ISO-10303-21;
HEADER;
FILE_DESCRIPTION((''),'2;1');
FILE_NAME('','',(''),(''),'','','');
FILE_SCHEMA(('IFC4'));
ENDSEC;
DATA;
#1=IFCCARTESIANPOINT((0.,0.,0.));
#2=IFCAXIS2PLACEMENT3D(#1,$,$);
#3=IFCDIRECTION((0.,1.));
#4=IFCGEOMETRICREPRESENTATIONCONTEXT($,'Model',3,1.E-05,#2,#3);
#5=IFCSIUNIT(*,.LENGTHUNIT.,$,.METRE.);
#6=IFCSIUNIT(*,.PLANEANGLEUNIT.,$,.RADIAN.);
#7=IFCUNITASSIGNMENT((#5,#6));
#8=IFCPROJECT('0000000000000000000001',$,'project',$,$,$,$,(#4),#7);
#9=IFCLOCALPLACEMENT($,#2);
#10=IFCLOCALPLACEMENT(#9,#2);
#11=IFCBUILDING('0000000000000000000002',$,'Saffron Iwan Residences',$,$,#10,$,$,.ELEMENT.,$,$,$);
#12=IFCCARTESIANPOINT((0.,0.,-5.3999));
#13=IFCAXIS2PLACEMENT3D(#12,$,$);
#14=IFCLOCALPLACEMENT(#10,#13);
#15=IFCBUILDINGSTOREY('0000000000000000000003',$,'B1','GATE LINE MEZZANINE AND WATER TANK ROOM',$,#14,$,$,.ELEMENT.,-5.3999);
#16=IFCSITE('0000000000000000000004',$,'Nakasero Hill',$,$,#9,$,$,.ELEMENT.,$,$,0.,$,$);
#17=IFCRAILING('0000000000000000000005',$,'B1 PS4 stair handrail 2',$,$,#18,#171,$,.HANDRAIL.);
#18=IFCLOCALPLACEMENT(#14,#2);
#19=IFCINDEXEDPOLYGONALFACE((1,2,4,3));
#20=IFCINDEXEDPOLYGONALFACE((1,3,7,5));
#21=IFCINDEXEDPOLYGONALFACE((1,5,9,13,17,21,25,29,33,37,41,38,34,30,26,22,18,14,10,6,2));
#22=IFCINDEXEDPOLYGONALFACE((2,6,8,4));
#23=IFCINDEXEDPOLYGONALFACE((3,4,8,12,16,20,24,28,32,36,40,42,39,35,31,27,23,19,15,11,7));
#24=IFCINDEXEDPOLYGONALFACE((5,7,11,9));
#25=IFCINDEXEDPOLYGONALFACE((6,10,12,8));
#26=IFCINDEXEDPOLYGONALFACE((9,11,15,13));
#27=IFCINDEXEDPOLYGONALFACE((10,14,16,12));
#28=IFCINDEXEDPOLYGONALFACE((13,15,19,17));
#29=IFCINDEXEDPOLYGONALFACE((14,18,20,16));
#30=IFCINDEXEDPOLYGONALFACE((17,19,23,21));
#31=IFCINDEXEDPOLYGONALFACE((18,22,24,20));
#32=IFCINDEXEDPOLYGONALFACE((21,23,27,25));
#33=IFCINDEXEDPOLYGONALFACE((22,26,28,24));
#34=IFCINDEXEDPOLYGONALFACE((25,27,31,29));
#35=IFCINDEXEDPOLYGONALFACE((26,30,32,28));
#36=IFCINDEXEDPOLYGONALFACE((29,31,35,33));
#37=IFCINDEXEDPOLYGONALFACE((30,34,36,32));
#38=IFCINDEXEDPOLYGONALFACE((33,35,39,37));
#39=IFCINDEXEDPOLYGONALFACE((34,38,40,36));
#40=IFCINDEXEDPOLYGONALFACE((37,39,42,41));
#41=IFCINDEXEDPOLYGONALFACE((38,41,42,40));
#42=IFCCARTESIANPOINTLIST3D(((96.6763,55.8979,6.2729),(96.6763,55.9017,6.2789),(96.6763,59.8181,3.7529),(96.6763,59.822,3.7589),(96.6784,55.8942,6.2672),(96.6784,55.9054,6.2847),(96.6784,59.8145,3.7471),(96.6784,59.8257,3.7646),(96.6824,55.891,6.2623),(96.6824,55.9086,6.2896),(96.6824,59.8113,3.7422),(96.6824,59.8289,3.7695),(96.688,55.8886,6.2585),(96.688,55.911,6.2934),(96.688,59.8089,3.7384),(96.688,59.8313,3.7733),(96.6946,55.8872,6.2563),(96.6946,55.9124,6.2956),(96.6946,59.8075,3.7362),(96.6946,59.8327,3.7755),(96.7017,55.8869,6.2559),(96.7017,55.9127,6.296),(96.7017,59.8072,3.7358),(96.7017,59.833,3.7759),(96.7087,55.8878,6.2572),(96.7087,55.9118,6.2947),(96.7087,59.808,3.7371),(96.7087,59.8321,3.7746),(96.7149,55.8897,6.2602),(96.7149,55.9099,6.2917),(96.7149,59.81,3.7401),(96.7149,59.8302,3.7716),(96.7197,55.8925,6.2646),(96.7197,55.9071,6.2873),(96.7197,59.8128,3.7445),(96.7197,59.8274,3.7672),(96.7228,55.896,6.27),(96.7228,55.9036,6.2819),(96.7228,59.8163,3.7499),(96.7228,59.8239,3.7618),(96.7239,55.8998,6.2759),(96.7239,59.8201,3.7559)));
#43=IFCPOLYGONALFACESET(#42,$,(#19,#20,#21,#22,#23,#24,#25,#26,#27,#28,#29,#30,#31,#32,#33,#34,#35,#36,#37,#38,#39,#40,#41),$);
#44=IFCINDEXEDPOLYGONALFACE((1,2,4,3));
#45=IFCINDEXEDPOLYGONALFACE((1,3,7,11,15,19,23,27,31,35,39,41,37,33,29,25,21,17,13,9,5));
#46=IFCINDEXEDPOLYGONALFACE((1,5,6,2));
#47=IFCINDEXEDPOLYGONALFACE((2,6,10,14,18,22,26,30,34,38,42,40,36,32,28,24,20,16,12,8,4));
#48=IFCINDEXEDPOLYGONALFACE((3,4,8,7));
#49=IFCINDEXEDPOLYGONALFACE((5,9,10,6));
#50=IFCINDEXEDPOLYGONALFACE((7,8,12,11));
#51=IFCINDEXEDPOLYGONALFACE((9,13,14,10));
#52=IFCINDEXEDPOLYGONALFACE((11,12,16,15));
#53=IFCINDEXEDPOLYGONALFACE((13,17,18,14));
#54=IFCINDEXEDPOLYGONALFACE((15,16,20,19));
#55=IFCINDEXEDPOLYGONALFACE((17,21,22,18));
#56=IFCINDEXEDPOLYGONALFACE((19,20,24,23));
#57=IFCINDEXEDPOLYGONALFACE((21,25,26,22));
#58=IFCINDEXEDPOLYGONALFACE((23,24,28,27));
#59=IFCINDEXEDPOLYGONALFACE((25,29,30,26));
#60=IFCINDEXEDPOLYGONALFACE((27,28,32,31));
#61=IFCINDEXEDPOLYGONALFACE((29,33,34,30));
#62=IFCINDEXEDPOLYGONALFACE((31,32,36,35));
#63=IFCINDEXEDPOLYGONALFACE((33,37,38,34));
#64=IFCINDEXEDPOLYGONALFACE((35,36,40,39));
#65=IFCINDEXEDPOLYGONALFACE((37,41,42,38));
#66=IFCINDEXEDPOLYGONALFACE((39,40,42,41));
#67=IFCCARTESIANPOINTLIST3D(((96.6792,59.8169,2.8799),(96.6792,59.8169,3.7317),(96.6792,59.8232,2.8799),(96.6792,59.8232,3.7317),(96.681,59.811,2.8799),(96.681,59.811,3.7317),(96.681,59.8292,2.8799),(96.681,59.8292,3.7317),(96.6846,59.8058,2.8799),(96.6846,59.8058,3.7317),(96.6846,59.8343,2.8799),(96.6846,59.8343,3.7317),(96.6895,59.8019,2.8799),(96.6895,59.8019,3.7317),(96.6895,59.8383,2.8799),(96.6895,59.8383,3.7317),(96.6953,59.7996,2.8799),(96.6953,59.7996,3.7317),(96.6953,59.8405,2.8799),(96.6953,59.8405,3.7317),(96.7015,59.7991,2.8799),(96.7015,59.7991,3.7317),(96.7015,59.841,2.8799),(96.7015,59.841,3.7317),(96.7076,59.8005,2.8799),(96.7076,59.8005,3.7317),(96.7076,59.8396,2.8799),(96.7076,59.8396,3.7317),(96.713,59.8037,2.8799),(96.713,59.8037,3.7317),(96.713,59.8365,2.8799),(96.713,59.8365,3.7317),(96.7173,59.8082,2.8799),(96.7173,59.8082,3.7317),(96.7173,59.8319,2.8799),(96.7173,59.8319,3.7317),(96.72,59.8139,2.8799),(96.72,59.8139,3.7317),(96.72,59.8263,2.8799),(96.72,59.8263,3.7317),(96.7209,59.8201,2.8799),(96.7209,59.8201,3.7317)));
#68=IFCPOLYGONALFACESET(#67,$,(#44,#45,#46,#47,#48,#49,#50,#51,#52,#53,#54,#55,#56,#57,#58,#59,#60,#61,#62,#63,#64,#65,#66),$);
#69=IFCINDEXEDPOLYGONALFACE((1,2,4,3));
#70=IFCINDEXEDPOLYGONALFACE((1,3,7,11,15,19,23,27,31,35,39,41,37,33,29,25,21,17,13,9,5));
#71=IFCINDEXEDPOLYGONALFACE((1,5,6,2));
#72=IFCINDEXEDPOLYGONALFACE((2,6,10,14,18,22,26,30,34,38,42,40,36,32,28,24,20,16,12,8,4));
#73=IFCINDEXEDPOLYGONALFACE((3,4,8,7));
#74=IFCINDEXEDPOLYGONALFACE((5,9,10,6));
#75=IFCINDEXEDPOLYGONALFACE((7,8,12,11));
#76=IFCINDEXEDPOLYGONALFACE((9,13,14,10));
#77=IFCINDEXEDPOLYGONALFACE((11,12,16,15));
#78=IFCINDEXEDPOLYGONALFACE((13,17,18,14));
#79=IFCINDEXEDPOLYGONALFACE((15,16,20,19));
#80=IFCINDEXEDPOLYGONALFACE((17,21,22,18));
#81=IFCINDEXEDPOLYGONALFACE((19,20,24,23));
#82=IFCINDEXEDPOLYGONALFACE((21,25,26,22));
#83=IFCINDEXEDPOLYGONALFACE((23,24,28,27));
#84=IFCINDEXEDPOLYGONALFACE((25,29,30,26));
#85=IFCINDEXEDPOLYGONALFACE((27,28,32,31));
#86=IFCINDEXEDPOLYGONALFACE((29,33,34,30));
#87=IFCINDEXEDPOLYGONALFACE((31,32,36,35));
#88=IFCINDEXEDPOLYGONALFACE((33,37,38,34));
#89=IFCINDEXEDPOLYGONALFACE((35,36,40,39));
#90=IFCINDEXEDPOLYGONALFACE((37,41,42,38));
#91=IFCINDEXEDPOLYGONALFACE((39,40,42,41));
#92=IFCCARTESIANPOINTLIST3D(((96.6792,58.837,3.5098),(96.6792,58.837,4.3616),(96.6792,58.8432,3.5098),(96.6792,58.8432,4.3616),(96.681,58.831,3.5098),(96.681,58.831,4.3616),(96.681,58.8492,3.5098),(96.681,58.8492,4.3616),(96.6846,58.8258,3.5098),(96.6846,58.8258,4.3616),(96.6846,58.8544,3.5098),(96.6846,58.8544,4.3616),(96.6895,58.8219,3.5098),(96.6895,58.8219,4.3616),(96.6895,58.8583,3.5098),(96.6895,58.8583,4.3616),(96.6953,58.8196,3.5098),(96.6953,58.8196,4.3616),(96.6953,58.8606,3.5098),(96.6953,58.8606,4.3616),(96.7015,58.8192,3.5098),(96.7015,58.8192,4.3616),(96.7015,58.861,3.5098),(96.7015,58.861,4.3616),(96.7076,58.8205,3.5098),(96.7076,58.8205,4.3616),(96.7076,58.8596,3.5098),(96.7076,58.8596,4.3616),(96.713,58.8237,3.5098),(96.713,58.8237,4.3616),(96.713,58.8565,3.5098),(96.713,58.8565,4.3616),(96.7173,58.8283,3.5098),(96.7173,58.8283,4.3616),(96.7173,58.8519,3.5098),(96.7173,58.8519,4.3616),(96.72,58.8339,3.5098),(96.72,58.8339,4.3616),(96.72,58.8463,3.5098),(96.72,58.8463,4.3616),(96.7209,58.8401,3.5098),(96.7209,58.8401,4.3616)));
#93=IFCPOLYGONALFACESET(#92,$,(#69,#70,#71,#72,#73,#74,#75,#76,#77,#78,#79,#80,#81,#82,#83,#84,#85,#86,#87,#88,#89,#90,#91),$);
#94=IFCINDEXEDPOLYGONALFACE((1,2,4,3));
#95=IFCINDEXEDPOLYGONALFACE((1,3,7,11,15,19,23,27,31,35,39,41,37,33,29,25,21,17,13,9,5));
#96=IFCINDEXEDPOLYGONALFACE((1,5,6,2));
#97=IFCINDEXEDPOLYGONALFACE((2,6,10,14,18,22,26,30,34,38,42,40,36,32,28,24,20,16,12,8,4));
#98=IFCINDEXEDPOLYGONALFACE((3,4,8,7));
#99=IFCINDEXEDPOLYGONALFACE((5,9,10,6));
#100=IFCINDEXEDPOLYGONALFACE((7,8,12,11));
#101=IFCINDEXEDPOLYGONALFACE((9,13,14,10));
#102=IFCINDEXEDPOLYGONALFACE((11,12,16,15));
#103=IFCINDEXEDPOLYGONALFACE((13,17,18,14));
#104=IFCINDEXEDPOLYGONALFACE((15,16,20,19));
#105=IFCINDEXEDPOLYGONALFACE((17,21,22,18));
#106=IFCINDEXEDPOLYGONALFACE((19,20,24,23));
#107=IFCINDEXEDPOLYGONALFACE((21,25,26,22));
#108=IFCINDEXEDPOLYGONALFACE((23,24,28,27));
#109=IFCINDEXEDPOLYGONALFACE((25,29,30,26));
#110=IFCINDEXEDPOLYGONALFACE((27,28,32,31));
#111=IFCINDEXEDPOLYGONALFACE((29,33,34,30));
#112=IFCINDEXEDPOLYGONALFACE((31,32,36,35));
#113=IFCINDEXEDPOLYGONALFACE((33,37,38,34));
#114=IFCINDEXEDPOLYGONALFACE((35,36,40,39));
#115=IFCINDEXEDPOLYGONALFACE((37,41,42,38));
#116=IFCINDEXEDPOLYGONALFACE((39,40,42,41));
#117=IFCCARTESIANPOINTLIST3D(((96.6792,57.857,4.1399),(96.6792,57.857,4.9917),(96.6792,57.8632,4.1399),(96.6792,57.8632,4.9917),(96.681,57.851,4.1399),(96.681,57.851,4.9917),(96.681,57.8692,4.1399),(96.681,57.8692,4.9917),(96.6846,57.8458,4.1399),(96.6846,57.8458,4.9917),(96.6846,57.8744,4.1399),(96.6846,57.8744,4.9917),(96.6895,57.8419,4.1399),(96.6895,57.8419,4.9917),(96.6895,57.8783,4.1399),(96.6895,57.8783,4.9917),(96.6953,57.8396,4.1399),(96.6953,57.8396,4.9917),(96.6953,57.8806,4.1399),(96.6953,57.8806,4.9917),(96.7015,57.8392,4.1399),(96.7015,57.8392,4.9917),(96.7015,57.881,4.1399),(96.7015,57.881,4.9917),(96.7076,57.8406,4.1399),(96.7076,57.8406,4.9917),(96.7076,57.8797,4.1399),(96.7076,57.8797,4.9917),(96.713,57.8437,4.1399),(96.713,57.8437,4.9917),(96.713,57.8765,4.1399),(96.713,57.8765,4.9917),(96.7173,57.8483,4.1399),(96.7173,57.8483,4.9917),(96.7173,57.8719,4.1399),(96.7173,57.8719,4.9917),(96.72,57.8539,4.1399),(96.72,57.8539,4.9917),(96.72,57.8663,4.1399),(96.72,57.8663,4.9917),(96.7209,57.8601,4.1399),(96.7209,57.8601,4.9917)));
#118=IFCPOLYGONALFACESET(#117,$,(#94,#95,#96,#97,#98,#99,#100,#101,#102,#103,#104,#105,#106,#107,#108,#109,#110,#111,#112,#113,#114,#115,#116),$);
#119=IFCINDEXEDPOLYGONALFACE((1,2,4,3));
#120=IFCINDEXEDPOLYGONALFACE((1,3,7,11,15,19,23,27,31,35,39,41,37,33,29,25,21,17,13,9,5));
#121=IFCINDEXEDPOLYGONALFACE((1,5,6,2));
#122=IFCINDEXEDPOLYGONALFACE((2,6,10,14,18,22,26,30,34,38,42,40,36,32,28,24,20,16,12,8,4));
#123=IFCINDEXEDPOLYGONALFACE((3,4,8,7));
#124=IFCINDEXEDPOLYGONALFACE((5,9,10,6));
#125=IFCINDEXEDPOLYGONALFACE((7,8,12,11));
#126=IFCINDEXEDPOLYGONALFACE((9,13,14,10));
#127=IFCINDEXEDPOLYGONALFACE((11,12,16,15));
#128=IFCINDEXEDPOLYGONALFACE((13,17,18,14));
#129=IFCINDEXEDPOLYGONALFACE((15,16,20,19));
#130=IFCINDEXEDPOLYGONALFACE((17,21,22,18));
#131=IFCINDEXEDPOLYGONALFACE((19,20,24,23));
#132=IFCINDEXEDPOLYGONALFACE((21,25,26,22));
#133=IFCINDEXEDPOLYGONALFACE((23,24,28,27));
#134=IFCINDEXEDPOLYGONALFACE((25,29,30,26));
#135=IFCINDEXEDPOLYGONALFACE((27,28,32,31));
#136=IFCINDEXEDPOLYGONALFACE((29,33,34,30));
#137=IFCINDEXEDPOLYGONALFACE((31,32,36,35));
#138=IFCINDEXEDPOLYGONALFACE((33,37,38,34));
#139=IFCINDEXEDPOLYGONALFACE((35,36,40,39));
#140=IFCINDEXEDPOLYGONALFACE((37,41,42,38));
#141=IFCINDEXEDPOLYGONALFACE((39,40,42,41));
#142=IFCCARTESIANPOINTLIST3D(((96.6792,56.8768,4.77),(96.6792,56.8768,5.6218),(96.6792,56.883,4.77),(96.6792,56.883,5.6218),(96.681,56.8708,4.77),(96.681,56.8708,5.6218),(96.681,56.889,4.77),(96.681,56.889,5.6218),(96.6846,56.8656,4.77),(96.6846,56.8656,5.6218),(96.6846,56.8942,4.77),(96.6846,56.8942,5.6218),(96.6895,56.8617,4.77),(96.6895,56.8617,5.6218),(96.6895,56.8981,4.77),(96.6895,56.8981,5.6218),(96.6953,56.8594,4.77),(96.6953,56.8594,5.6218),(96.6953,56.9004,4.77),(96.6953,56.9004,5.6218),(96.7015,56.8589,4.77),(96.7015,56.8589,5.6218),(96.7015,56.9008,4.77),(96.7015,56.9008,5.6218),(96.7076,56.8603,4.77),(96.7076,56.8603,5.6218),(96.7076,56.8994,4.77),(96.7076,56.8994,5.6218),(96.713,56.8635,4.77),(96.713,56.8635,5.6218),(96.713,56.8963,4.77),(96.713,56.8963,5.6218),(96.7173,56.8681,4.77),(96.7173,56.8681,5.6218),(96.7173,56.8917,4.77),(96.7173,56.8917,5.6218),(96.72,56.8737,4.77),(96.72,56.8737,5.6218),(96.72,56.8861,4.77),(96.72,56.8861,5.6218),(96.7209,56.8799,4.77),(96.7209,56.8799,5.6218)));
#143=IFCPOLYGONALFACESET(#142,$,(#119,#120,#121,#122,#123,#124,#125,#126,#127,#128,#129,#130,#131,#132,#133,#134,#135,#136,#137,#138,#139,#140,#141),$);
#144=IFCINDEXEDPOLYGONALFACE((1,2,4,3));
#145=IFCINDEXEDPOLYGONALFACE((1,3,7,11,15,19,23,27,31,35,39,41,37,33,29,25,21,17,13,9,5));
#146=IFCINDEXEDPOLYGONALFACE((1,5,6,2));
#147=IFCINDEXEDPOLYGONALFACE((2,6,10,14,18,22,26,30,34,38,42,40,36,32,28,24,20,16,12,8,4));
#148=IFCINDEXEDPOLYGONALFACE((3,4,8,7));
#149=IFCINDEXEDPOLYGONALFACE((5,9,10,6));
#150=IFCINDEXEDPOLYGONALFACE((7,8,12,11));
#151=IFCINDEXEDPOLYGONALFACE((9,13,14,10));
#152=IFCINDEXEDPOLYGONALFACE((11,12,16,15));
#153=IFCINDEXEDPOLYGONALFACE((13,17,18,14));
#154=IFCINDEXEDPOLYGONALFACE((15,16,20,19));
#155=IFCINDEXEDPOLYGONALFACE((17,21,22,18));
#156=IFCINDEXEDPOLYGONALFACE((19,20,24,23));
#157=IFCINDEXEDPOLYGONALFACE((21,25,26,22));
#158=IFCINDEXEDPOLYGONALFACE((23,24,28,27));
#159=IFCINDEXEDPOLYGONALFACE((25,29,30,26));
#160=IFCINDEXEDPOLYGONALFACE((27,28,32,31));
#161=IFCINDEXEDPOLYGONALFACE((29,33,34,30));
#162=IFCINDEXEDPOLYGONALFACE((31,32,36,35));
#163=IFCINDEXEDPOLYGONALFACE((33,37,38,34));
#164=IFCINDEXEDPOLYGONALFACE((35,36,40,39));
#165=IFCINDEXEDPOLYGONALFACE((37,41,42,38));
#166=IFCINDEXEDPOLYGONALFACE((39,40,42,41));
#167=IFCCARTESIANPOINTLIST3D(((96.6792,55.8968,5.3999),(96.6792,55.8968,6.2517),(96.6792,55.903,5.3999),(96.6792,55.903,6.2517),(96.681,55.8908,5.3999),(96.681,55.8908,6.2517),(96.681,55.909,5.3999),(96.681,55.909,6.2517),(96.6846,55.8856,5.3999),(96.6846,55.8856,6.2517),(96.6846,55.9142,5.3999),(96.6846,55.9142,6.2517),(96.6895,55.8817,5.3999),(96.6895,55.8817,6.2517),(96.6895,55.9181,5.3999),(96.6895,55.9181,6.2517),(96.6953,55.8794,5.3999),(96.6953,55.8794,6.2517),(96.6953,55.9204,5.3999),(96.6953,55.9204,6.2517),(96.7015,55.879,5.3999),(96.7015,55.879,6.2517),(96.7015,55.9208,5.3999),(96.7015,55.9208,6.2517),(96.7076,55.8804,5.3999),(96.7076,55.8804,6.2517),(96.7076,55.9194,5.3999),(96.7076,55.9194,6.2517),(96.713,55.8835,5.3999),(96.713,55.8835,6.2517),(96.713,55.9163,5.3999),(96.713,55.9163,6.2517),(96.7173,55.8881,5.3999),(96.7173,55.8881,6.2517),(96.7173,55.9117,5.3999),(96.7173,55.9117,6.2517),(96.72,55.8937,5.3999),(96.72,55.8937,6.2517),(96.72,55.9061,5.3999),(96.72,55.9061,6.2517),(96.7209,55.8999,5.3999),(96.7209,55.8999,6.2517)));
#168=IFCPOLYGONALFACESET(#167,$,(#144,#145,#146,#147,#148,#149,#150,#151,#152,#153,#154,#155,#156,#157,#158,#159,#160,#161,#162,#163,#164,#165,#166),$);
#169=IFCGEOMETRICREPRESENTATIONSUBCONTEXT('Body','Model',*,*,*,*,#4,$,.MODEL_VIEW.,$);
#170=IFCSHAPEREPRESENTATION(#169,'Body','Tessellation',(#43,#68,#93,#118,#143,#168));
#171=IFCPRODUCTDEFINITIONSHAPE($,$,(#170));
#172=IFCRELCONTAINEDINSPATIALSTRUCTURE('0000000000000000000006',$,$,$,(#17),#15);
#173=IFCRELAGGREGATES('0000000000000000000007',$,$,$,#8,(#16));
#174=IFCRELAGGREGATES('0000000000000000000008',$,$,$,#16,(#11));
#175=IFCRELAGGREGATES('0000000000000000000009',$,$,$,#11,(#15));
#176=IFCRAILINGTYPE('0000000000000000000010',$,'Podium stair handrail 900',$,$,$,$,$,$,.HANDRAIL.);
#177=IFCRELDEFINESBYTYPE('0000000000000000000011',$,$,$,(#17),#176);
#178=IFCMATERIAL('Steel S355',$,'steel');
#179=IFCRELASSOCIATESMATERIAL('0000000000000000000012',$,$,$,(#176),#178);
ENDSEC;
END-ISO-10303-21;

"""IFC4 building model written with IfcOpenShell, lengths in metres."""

from ifc_helpers import new_model, si_unit, direction, frame, origin, origin_2d, place, context, subcontext, project, spatial, circle, extrude, material, type_object, element, save


model = new_model("IFC4")

# Units and contexts
model_context = context("Model", 3, precision=1e-05, world=origin(), true_north=direction((0.0, 1.0)))
body_context = subcontext(model_context, "Body", "Model", "MODEL_VIEW")
ifc_project = project(units=[si_unit("LENGTHUNIT", "METRE"), si_unit("PLANEANGLEUNIT", "RADIAN")], contexts=[model_context])

# Site, building, storey
site_placement = place(None, origin())
site = spatial("IfcSite", under=ifc_project, at=site_placement, Name="Nakasero Hill", CompositionType="ELEMENT", RefElevation=0.0)
building_placement = place(site_placement, origin())
building = spatial("IfcBuilding", under=site, at=building_placement, Name="Saffron Iwan Residences", CompositionType="ELEMENT")
storey_placement = place(building_placement, frame((0.0, 0.0, -5.3999)))
storey = spatial("IfcBuildingStorey", under=building, at=storey_placement, Name="B1", Description="GATE LINE MEZZANINE AND WATER TANK ROOM", CompositionType="ELEMENT", Elevation=-5.3999)

# Railing
ifc_material_1 = material(Name="Steel S355", Category="steel")
railing_type_1 = type_object("IfcRailingType", Name="Podium stair handrail 900", PredefinedType="HANDRAIL", material=ifc_material_1)
railing_1_placement = place(storey_placement, frame((96.7, 59.8201, 2.8799)))
element("IfcRailing", 1, at=railing_1_placement, inside=storey, type_object=railing_type_1, Name="B1 PS4 stair handrail 2", PredefinedType="HANDRAIL", context=body_context, shape_type="SweptSolid", body=[
    extrude(circle(Radius=0.0239, at=origin_2d()), frame((0.0, 0.0, 0.876), z_axis=(0.0, -0.841187, 0.540744), x_axis=(1.0, 0.0, 0.0)), (0.0, 0.0, 1.0), 4.6604),
    extrude(circle(Radius=0.021, at=origin_2d()), origin(), (0.0, 0.0, 1.0), 0.8518),
    extrude(circle(Radius=0.021, at=origin_2d()), frame((0.0, -0.98, 0.6299)), (0.0, 0.0, 1.0), 0.8518),
    extrude(circle(Radius=0.021, at=origin_2d()), frame((0.0, -1.96, 1.26)), (0.0, 0.0, 1.0), 0.8518),
    extrude(circle(Radius=0.021, at=origin_2d()), frame((0.0, -2.9402, 1.8901)), (0.0, 0.0, 1.0), 0.8518),
    extrude(circle(Radius=0.021, at=origin_2d()), frame((0.0, -3.9202, 2.52)), (0.0, 0.0, 1.0), 0.8518),
])

save(model, "model.ifc")
